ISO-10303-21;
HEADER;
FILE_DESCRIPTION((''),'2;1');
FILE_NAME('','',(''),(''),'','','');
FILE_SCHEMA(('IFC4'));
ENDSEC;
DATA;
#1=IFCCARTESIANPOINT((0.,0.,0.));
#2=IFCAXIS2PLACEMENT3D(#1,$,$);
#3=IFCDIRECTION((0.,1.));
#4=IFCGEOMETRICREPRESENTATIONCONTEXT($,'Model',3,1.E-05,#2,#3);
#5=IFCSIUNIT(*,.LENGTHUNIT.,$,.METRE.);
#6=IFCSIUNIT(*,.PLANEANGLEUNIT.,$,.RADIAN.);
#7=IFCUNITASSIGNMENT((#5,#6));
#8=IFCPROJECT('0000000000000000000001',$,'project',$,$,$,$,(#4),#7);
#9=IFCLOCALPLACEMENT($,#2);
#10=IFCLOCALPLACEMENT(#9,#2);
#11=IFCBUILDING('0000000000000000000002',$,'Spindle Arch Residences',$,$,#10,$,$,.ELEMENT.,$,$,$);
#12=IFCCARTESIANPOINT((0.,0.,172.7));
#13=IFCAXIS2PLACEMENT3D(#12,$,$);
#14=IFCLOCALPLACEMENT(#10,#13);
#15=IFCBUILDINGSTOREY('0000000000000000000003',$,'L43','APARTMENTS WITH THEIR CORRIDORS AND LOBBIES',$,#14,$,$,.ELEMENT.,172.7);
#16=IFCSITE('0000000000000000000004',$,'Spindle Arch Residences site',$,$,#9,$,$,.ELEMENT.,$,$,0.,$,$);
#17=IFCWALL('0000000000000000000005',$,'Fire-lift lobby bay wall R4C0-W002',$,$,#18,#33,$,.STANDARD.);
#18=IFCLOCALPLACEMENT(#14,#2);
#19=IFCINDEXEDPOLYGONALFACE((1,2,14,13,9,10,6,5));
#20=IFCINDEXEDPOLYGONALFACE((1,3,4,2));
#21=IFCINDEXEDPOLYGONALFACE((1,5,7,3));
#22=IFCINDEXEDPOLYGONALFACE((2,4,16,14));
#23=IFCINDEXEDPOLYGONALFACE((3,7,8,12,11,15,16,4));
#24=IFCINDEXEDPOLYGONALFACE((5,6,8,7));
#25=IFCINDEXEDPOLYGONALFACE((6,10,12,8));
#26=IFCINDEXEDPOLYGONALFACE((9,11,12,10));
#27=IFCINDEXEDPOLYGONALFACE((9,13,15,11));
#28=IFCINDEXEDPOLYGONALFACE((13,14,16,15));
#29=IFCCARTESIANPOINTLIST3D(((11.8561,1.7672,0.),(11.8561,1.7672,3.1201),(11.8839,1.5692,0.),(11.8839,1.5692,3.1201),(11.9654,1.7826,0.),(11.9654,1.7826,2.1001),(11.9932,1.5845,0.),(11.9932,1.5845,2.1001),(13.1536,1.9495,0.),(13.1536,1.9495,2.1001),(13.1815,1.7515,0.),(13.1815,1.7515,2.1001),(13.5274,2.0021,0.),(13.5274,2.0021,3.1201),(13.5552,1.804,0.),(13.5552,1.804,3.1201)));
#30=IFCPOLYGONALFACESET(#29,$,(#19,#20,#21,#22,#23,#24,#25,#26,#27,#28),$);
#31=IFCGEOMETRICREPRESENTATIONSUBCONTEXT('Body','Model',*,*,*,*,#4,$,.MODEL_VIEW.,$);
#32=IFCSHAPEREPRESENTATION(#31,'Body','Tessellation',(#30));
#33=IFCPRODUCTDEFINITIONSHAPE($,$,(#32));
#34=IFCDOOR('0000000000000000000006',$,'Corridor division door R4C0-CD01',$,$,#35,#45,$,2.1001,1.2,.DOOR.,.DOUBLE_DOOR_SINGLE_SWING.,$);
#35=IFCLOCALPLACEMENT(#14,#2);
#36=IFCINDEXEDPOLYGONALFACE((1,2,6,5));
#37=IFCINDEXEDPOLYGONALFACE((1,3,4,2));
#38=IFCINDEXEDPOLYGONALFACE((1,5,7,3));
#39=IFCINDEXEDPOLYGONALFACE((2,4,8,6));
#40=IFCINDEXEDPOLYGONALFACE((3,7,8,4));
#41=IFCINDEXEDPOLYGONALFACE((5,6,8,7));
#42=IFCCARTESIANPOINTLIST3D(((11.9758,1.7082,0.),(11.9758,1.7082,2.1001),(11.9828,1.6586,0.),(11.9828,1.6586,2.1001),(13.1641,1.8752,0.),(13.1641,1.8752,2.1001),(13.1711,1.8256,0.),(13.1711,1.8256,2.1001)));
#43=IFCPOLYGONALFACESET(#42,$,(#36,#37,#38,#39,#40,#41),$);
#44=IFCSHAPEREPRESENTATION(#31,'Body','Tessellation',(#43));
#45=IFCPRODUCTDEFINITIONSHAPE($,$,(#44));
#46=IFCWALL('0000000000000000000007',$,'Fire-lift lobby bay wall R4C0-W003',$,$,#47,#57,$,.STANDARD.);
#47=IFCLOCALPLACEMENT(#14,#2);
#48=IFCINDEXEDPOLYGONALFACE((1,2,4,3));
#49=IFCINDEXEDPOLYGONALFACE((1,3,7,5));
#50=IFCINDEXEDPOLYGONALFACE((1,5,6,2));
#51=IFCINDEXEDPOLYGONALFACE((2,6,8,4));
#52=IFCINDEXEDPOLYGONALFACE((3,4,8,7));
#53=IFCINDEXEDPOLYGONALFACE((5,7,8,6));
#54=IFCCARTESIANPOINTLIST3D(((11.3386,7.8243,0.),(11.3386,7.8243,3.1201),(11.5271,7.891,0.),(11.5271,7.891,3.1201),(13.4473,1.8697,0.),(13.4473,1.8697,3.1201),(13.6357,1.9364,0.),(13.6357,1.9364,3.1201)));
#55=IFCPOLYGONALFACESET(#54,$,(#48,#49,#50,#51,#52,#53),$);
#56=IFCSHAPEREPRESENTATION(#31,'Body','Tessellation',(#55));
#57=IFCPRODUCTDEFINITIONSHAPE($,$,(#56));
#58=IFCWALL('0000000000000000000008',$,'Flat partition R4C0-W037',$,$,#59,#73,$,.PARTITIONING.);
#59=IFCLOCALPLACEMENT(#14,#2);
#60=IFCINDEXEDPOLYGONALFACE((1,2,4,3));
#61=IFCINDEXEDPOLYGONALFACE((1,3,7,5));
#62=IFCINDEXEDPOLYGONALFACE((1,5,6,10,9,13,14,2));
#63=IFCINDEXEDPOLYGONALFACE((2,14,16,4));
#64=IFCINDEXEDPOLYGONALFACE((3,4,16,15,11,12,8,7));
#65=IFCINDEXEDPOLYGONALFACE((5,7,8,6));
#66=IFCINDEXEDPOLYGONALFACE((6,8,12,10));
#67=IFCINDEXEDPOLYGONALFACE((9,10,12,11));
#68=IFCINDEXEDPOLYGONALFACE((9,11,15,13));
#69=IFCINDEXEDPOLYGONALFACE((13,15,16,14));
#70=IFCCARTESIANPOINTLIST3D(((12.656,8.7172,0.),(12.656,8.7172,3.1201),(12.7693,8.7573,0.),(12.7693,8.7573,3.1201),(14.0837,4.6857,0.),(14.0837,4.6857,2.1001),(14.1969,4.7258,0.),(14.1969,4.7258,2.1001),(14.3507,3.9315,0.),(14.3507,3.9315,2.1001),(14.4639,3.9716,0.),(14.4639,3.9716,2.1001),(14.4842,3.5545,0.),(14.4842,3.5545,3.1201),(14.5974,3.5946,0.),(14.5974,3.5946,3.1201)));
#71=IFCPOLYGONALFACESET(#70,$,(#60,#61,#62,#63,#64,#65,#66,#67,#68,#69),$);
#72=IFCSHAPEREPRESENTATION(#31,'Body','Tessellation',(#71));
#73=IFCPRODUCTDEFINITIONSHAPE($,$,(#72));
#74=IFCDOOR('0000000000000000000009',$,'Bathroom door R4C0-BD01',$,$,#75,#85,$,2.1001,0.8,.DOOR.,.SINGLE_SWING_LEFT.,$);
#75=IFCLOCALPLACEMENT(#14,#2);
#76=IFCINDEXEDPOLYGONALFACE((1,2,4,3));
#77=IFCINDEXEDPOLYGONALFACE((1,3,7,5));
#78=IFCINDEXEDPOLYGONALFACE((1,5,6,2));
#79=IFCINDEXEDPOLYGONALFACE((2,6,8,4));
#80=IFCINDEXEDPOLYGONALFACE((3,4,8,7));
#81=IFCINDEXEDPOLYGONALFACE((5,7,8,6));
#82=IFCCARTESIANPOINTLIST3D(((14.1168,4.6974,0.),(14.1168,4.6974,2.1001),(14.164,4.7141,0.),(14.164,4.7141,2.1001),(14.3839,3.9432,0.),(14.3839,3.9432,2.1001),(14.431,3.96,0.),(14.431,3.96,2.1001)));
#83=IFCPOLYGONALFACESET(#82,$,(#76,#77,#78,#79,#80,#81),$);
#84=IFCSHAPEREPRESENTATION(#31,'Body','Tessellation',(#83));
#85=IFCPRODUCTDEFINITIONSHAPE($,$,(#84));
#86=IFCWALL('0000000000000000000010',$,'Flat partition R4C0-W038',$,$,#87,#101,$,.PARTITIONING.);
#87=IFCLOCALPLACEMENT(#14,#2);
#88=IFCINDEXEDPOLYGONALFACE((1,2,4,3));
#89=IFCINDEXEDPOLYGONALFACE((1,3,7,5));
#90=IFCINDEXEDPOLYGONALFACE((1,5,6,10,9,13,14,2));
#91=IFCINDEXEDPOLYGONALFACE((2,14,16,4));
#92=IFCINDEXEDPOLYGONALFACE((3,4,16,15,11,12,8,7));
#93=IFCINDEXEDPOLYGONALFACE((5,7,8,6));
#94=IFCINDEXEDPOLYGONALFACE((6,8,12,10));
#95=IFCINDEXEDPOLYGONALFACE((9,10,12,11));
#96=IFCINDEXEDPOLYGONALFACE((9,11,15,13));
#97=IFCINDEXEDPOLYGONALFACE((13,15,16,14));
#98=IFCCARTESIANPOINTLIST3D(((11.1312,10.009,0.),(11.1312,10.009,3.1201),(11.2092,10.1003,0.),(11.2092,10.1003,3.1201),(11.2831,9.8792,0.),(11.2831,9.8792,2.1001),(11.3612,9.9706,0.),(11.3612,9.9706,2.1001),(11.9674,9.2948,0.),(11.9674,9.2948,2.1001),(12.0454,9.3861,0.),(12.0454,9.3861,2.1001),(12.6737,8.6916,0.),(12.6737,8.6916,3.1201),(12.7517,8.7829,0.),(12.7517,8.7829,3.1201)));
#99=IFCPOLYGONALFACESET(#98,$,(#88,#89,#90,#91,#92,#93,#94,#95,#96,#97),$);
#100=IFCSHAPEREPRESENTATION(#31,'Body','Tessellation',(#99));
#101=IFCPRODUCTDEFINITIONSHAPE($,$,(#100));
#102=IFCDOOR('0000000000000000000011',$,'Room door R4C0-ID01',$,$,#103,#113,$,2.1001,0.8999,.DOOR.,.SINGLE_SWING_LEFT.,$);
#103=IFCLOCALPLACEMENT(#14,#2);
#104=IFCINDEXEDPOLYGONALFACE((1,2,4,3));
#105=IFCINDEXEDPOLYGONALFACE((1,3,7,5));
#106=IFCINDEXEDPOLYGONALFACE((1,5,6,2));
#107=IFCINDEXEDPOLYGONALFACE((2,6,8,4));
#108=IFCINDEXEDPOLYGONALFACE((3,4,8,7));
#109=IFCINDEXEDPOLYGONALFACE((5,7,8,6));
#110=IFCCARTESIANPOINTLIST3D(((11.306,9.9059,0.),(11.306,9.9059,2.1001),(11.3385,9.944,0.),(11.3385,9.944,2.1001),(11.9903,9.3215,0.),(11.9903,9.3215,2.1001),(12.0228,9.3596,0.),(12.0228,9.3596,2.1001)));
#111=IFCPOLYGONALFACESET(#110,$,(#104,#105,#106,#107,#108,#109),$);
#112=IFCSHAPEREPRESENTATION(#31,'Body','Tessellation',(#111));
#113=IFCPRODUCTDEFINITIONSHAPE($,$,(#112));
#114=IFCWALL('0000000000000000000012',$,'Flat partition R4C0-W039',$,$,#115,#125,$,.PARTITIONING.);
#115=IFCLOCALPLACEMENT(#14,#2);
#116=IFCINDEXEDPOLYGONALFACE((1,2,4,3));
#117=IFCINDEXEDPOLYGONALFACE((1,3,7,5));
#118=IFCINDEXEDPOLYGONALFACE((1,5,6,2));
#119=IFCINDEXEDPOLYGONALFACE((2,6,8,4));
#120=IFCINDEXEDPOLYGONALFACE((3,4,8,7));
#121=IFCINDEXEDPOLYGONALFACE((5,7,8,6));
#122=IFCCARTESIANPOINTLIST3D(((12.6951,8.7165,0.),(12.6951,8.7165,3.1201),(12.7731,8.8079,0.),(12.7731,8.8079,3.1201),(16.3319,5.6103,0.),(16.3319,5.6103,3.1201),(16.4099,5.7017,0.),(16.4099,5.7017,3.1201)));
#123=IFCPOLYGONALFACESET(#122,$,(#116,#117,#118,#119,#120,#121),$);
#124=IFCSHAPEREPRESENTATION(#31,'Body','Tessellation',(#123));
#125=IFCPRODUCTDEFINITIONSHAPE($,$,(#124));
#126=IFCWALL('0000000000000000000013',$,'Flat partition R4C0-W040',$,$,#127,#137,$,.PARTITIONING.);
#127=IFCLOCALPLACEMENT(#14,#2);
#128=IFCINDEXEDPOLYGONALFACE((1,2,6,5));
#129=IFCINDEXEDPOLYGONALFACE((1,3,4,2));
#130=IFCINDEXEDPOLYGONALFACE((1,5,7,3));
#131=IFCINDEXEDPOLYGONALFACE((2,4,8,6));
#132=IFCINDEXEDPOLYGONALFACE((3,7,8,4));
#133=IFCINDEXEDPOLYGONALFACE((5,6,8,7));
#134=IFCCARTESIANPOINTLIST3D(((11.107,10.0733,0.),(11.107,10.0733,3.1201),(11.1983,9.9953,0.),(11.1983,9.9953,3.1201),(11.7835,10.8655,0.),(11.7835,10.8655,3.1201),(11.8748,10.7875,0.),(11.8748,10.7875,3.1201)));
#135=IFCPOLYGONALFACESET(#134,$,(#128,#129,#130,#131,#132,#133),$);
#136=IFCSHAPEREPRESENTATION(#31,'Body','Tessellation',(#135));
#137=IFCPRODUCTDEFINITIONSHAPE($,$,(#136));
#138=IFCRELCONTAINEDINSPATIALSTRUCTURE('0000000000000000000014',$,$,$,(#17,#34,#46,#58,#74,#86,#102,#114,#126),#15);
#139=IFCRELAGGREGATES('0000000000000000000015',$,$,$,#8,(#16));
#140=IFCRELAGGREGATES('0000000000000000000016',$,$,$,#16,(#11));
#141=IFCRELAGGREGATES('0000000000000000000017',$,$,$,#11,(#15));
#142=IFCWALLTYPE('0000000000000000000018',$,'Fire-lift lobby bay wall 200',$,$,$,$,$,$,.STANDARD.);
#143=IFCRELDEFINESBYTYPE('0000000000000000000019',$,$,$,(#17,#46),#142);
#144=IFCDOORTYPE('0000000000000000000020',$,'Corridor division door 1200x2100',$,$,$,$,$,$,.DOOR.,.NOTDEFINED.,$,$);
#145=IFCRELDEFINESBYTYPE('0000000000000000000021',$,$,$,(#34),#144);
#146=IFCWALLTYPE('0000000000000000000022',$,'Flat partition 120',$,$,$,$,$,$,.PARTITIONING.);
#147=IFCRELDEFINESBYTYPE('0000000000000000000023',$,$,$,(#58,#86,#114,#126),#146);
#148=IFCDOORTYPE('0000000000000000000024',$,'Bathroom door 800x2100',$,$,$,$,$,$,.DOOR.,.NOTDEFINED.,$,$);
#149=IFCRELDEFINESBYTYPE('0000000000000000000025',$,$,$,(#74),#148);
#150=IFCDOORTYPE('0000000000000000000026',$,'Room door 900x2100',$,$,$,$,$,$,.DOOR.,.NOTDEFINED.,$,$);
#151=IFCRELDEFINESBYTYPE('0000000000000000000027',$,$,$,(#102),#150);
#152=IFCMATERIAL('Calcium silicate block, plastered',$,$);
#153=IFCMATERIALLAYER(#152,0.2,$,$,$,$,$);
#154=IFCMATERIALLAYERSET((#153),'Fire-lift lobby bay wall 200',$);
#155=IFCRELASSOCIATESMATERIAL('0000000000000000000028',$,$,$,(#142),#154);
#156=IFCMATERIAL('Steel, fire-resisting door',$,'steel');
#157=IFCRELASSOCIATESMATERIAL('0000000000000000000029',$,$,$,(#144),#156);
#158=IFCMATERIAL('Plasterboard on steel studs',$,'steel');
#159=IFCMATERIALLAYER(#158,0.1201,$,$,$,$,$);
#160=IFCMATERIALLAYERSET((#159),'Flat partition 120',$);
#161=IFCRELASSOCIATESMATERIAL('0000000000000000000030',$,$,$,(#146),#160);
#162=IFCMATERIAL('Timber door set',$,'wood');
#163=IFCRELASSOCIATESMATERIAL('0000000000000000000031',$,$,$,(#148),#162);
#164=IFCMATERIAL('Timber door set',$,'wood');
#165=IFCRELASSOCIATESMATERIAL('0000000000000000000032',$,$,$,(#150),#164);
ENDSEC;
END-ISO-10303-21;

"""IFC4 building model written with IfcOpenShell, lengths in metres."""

from ifc_helpers import new_model, si_unit, direction, frame, frame_2d, origin, place, context, subcontext, project, spatial, rectangle, extrude, material, layer, layer_set, type_object, element, fill, save


model = new_model("IFC4")

# Units and contexts
model_context = context("Model", 3, precision=1e-05, world=origin(), true_north=direction((0.0, 1.0)))
body_context = subcontext(model_context, "Body", "Model", "MODEL_VIEW")
ifc_project = project(units=[si_unit("LENGTHUNIT", "METRE"), si_unit("PLANEANGLEUNIT", "RADIAN")], contexts=[model_context])

# Site, building, storey
site_placement = place(None, origin())
site = spatial("IfcSite", under=ifc_project, at=site_placement, Name="Spindle Arch Residences site", CompositionType="ELEMENT", RefElevation=0.0)
building_placement = place(site_placement, origin())
building = spatial("IfcBuilding", under=site, at=building_placement, Name="Spindle Arch Residences", CompositionType="ELEMENT")
storey_placement = place(building_placement, frame((0.0, 0.0, 172.7)))
storey = spatial("IfcBuildingStorey", under=building, at=storey_placement, Name="L43", Description="APARTMENTS WITH THEIR CORRIDORS AND LOBBIES", CompositionType="ELEMENT", Elevation=172.7)

# Shared definitions
ifc_material_1 = material(Name="Calcium silicate block, plastered")
ifc_layer_1 = layer(ifc_material_1, 0.2)
ifc_layer_set_1 = layer_set([ifc_layer_1], Name="Fire-lift lobby bay wall 200")
wall_type_1 = type_object("IfcWallType", Name="Fire-lift lobby bay wall 200", PredefinedType="STANDARD", material=ifc_layer_set_1)

# Wall, opening, door
wall_1_placement = place(storey_placement, frame((11.8701, 1.6682, 0.0), z_axis=(0.0, 0.0, 1.0), x_axis=(0.990271, 0.139153, 0.0)))
wall_1 = element("IfcWall", 1, at=wall_1_placement, inside=storey, type_object=wall_type_1, Name="Fire-lift lobby bay wall R4C0-W002", PredefinedType="STANDARD", context=body_context, shape_type="SweptSolid", body=[
    extrude(rectangle(XDim=1.6877, YDim=0.2, at=frame_2d((0.8438, 0.0))), origin(), (0.0, 0.0, 1.0), 3.1201),
])
opening_1_placement = place(wall_1_placement, frame((0.1101, 0.0, 0.0)))
opening_1 = element("IfcOpeningElement", 2, at=opening_1_placement, cuts=wall_1, PredefinedType="OPENING", context=body_context, shape_type="SweptSolid", body=[
    extrude(rectangle(XDim=1.2, YDim=2.1001, at=frame_2d((0.6001, 1.05))), frame((0.0, 0.1099, 0.0), z_axis=(0.0, -1.0, 0.0), x_axis=(1.0, 0.0, 0.0)), (0.0, 0.0, 1.0), 0.22),
])
ifc_material_2 = material(Name="Steel, fire-resisting door", Category="steel")
door_type_1 = type_object("IfcDoorType", Name="Corridor division door 1200x2100", OperationType="NOTDEFINED", PredefinedType="DOOR", material=ifc_material_2)
door_1_placement = place(opening_1_placement, origin())
door_1 = element("IfcDoor", 3, at=door_1_placement, inside=storey, type_object=door_type_1, Name="Corridor division door R4C0-CD01", OperationType="DOUBLE_DOOR_SINGLE_SWING", OverallHeight=2.1001, OverallWidth=1.2, PredefinedType="DOOR", context=body_context, shape_type="SweptSolid", body=[
    extrude(rectangle(XDim=1.2, YDim=2.1001, at=frame_2d((0.6001, 1.05))), frame((0.0, 0.0249, 0.0), z_axis=(0.0, -1.0, 0.0), x_axis=(1.0, 0.0, 0.0)), (0.0, 0.0, 1.0), 0.05),
])
fill(opening_1, door_1)

# Wall
wall_2_placement = place(storey_placement, frame((13.5415, 1.9031, 0.0), z_axis=(0.0, 0.0, 1.0), x_axis=(-0.333809, 0.942641, 0.0)))
element("IfcWall", 4, at=wall_2_placement, inside=storey, type_object=wall_type_1, Name="Fire-lift lobby bay wall R4C0-W003", PredefinedType="STANDARD", context=body_context, shape_type="SweptSolid", body=[
    extrude(rectangle(XDim=6.3169, YDim=0.2, at=frame_2d((3.1584, 0.0))), origin(), (0.0, 0.0, 1.0), 3.1201),
])

# Walls, openings, doors
ifc_material_3 = material(Name="Plasterboard on steel studs", Category="steel")
ifc_layer_2 = layer(ifc_material_3, 0.1201)
ifc_layer_set_2 = layer_set([ifc_layer_2], Name="Flat partition 120")
wall_type_2 = type_object("IfcWallType", Name="Flat partition 120", PredefinedType="PARTITIONING", material=ifc_layer_set_2)
wall_3_placement = place(storey_placement, frame((14.5408, 3.5747, 0.0), z_axis=(0.0, 0.0, 1.0), x_axis=(-0.333799, 0.942644, 0.0)))
wall_3 = element("IfcWall", 5, at=wall_3_placement, inside=storey, type_object=wall_type_2, Name="Flat partition R4C0-W037", PredefinedType="PARTITIONING", context=body_context, shape_type="SweptSolid", body=[
    extrude(rectangle(XDim=5.4768, YDim=0.1201, at=frame_2d((2.7383, 0.0))), origin(), (0.0, 0.0, 1.0), 3.1201),
])
opening_2_placement = place(wall_3_placement, frame((0.3999, 0.0, 0.0)))
opening_2 = element("IfcOpeningElement", 6, at=opening_2_placement, cuts=wall_3, PredefinedType="OPENING", context=body_context, shape_type="SweptSolid", body=[
    extrude(rectangle(XDim=0.8, YDim=2.1001, at=frame_2d((0.3999, 1.05))), frame((0.0, 0.0701, 0.0), z_axis=(0.0, -1.0, 0.0), x_axis=(1.0, 0.0, 0.0)), (0.0, 0.0, 1.0), 0.1401),
])
ifc_material_4 = material(Name="Timber door set", Category="wood")
door_type_2 = type_object("IfcDoorType", Name="Bathroom door 800x2100", OperationType="NOTDEFINED", PredefinedType="DOOR", material=ifc_material_4)
door_2_placement = place(opening_2_placement, origin())
door_2 = element("IfcDoor", 7, at=door_2_placement, inside=storey, type_object=door_type_2, Name="Bathroom door R4C0-BD01", OperationType="SINGLE_SWING_LEFT", OverallHeight=2.1001, OverallWidth=0.8, PredefinedType="DOOR", context=body_context, shape_type="SweptSolid", body=[
    extrude(rectangle(XDim=0.8, YDim=2.1001, at=frame_2d((0.3999, 1.05))), frame((0.0, 0.0249, 0.0), z_axis=(0.0, -1.0, 0.0), x_axis=(1.0, 0.0, 0.0)), (0.0, 0.0, 1.0), 0.05),
])
fill(opening_2, door_2)
wall_4_placement = place(storey_placement, frame((12.7126, 8.7373, 0.0), z_axis=(0.0, 0.0, 1.0), x_axis=(-0.760411, 0.649442, 0.0)))
wall_4 = element("IfcWall", 8, at=wall_4_placement, inside=storey, type_object=wall_type_2, Name="Flat partition R4C0-W038", PredefinedType="PARTITIONING", context=body_context, shape_type="SweptSolid", body=[
    extrude(rectangle(XDim=2.0286, YDim=0.1201, at=frame_2d((1.0142, 0.0))), origin(), (0.0, 0.0, 1.0), 3.1201),
])
opening_3_placement = place(wall_4_placement, frame((0.9287, 0.0, 0.0)))
opening_3 = element("IfcOpeningElement", 9, at=opening_3_placement, cuts=wall_4, PredefinedType="OPENING", context=body_context, shape_type="SweptSolid", body=[
    extrude(rectangle(XDim=0.8999, YDim=2.1001, at=frame_2d((0.45, 1.05))), frame((0.0, 0.0701, 0.0), z_axis=(0.0, -1.0, 0.0), x_axis=(1.0, 0.0, 0.0)), (0.0, 0.0, 1.0), 0.1401),
])
ifc_material_5 = material(Name="Timber door set", Category="wood")
door_type_3 = type_object("IfcDoorType", Name="Room door 900x2100", OperationType="NOTDEFINED", PredefinedType="DOOR", material=ifc_material_5)
door_3_placement = place(opening_3_placement, origin())
door_3 = element("IfcDoor", 10, at=door_3_placement, inside=storey, type_object=door_type_3, Name="Room door R4C0-ID01", OperationType="SINGLE_SWING_LEFT", OverallHeight=2.1001, OverallWidth=0.8999, PredefinedType="DOOR", context=body_context, shape_type="SweptSolid", body=[
    extrude(rectangle(XDim=0.8999, YDim=2.1001, at=frame_2d((0.45, 1.05))), frame((0.0, 0.0249, 0.0), z_axis=(0.0, -1.0, 0.0), x_axis=(1.0, 0.0, 0.0)), (0.0, 0.0, 1.0), 0.05),
])
fill(opening_3, door_3)

# Walls
wall_5_placement = place(storey_placement, frame((12.7341, 8.7622, 0.0), z_axis=(0.0, 0.0, 1.0), x_axis=(0.76039, -0.649466, 0.0)))
element("IfcWall", 11, at=wall_5_placement, inside=storey, type_object=wall_type_2, Name="Flat partition R4C0-W039", PredefinedType="PARTITIONING", context=body_context, shape_type="SweptSolid", body=[
    extrude(rectangle(XDim=4.7827, YDim=0.1201, at=frame_2d((2.3914, 0.0))), origin(), (0.0, 0.0, 1.0), 3.1201),
])
wall_6_placement = place(storey_placement, frame((11.1526, 10.0342, 0.0), z_axis=(0.0, 0.0, 1.0), x_axis=(0.649381, 0.760463, 0.0)))
element("IfcWall", 12, at=wall_6_placement, inside=storey, type_object=wall_type_2, Name="Flat partition R4C0-W040", PredefinedType="PARTITIONING", context=body_context, shape_type="SweptSolid", body=[
    extrude(rectangle(XDim=1.0417, YDim=0.1201, at=frame_2d((0.521, 0.0))), origin(), (0.0, 0.0, 1.0), 3.1201),
])

save(model, "model.ifc")
